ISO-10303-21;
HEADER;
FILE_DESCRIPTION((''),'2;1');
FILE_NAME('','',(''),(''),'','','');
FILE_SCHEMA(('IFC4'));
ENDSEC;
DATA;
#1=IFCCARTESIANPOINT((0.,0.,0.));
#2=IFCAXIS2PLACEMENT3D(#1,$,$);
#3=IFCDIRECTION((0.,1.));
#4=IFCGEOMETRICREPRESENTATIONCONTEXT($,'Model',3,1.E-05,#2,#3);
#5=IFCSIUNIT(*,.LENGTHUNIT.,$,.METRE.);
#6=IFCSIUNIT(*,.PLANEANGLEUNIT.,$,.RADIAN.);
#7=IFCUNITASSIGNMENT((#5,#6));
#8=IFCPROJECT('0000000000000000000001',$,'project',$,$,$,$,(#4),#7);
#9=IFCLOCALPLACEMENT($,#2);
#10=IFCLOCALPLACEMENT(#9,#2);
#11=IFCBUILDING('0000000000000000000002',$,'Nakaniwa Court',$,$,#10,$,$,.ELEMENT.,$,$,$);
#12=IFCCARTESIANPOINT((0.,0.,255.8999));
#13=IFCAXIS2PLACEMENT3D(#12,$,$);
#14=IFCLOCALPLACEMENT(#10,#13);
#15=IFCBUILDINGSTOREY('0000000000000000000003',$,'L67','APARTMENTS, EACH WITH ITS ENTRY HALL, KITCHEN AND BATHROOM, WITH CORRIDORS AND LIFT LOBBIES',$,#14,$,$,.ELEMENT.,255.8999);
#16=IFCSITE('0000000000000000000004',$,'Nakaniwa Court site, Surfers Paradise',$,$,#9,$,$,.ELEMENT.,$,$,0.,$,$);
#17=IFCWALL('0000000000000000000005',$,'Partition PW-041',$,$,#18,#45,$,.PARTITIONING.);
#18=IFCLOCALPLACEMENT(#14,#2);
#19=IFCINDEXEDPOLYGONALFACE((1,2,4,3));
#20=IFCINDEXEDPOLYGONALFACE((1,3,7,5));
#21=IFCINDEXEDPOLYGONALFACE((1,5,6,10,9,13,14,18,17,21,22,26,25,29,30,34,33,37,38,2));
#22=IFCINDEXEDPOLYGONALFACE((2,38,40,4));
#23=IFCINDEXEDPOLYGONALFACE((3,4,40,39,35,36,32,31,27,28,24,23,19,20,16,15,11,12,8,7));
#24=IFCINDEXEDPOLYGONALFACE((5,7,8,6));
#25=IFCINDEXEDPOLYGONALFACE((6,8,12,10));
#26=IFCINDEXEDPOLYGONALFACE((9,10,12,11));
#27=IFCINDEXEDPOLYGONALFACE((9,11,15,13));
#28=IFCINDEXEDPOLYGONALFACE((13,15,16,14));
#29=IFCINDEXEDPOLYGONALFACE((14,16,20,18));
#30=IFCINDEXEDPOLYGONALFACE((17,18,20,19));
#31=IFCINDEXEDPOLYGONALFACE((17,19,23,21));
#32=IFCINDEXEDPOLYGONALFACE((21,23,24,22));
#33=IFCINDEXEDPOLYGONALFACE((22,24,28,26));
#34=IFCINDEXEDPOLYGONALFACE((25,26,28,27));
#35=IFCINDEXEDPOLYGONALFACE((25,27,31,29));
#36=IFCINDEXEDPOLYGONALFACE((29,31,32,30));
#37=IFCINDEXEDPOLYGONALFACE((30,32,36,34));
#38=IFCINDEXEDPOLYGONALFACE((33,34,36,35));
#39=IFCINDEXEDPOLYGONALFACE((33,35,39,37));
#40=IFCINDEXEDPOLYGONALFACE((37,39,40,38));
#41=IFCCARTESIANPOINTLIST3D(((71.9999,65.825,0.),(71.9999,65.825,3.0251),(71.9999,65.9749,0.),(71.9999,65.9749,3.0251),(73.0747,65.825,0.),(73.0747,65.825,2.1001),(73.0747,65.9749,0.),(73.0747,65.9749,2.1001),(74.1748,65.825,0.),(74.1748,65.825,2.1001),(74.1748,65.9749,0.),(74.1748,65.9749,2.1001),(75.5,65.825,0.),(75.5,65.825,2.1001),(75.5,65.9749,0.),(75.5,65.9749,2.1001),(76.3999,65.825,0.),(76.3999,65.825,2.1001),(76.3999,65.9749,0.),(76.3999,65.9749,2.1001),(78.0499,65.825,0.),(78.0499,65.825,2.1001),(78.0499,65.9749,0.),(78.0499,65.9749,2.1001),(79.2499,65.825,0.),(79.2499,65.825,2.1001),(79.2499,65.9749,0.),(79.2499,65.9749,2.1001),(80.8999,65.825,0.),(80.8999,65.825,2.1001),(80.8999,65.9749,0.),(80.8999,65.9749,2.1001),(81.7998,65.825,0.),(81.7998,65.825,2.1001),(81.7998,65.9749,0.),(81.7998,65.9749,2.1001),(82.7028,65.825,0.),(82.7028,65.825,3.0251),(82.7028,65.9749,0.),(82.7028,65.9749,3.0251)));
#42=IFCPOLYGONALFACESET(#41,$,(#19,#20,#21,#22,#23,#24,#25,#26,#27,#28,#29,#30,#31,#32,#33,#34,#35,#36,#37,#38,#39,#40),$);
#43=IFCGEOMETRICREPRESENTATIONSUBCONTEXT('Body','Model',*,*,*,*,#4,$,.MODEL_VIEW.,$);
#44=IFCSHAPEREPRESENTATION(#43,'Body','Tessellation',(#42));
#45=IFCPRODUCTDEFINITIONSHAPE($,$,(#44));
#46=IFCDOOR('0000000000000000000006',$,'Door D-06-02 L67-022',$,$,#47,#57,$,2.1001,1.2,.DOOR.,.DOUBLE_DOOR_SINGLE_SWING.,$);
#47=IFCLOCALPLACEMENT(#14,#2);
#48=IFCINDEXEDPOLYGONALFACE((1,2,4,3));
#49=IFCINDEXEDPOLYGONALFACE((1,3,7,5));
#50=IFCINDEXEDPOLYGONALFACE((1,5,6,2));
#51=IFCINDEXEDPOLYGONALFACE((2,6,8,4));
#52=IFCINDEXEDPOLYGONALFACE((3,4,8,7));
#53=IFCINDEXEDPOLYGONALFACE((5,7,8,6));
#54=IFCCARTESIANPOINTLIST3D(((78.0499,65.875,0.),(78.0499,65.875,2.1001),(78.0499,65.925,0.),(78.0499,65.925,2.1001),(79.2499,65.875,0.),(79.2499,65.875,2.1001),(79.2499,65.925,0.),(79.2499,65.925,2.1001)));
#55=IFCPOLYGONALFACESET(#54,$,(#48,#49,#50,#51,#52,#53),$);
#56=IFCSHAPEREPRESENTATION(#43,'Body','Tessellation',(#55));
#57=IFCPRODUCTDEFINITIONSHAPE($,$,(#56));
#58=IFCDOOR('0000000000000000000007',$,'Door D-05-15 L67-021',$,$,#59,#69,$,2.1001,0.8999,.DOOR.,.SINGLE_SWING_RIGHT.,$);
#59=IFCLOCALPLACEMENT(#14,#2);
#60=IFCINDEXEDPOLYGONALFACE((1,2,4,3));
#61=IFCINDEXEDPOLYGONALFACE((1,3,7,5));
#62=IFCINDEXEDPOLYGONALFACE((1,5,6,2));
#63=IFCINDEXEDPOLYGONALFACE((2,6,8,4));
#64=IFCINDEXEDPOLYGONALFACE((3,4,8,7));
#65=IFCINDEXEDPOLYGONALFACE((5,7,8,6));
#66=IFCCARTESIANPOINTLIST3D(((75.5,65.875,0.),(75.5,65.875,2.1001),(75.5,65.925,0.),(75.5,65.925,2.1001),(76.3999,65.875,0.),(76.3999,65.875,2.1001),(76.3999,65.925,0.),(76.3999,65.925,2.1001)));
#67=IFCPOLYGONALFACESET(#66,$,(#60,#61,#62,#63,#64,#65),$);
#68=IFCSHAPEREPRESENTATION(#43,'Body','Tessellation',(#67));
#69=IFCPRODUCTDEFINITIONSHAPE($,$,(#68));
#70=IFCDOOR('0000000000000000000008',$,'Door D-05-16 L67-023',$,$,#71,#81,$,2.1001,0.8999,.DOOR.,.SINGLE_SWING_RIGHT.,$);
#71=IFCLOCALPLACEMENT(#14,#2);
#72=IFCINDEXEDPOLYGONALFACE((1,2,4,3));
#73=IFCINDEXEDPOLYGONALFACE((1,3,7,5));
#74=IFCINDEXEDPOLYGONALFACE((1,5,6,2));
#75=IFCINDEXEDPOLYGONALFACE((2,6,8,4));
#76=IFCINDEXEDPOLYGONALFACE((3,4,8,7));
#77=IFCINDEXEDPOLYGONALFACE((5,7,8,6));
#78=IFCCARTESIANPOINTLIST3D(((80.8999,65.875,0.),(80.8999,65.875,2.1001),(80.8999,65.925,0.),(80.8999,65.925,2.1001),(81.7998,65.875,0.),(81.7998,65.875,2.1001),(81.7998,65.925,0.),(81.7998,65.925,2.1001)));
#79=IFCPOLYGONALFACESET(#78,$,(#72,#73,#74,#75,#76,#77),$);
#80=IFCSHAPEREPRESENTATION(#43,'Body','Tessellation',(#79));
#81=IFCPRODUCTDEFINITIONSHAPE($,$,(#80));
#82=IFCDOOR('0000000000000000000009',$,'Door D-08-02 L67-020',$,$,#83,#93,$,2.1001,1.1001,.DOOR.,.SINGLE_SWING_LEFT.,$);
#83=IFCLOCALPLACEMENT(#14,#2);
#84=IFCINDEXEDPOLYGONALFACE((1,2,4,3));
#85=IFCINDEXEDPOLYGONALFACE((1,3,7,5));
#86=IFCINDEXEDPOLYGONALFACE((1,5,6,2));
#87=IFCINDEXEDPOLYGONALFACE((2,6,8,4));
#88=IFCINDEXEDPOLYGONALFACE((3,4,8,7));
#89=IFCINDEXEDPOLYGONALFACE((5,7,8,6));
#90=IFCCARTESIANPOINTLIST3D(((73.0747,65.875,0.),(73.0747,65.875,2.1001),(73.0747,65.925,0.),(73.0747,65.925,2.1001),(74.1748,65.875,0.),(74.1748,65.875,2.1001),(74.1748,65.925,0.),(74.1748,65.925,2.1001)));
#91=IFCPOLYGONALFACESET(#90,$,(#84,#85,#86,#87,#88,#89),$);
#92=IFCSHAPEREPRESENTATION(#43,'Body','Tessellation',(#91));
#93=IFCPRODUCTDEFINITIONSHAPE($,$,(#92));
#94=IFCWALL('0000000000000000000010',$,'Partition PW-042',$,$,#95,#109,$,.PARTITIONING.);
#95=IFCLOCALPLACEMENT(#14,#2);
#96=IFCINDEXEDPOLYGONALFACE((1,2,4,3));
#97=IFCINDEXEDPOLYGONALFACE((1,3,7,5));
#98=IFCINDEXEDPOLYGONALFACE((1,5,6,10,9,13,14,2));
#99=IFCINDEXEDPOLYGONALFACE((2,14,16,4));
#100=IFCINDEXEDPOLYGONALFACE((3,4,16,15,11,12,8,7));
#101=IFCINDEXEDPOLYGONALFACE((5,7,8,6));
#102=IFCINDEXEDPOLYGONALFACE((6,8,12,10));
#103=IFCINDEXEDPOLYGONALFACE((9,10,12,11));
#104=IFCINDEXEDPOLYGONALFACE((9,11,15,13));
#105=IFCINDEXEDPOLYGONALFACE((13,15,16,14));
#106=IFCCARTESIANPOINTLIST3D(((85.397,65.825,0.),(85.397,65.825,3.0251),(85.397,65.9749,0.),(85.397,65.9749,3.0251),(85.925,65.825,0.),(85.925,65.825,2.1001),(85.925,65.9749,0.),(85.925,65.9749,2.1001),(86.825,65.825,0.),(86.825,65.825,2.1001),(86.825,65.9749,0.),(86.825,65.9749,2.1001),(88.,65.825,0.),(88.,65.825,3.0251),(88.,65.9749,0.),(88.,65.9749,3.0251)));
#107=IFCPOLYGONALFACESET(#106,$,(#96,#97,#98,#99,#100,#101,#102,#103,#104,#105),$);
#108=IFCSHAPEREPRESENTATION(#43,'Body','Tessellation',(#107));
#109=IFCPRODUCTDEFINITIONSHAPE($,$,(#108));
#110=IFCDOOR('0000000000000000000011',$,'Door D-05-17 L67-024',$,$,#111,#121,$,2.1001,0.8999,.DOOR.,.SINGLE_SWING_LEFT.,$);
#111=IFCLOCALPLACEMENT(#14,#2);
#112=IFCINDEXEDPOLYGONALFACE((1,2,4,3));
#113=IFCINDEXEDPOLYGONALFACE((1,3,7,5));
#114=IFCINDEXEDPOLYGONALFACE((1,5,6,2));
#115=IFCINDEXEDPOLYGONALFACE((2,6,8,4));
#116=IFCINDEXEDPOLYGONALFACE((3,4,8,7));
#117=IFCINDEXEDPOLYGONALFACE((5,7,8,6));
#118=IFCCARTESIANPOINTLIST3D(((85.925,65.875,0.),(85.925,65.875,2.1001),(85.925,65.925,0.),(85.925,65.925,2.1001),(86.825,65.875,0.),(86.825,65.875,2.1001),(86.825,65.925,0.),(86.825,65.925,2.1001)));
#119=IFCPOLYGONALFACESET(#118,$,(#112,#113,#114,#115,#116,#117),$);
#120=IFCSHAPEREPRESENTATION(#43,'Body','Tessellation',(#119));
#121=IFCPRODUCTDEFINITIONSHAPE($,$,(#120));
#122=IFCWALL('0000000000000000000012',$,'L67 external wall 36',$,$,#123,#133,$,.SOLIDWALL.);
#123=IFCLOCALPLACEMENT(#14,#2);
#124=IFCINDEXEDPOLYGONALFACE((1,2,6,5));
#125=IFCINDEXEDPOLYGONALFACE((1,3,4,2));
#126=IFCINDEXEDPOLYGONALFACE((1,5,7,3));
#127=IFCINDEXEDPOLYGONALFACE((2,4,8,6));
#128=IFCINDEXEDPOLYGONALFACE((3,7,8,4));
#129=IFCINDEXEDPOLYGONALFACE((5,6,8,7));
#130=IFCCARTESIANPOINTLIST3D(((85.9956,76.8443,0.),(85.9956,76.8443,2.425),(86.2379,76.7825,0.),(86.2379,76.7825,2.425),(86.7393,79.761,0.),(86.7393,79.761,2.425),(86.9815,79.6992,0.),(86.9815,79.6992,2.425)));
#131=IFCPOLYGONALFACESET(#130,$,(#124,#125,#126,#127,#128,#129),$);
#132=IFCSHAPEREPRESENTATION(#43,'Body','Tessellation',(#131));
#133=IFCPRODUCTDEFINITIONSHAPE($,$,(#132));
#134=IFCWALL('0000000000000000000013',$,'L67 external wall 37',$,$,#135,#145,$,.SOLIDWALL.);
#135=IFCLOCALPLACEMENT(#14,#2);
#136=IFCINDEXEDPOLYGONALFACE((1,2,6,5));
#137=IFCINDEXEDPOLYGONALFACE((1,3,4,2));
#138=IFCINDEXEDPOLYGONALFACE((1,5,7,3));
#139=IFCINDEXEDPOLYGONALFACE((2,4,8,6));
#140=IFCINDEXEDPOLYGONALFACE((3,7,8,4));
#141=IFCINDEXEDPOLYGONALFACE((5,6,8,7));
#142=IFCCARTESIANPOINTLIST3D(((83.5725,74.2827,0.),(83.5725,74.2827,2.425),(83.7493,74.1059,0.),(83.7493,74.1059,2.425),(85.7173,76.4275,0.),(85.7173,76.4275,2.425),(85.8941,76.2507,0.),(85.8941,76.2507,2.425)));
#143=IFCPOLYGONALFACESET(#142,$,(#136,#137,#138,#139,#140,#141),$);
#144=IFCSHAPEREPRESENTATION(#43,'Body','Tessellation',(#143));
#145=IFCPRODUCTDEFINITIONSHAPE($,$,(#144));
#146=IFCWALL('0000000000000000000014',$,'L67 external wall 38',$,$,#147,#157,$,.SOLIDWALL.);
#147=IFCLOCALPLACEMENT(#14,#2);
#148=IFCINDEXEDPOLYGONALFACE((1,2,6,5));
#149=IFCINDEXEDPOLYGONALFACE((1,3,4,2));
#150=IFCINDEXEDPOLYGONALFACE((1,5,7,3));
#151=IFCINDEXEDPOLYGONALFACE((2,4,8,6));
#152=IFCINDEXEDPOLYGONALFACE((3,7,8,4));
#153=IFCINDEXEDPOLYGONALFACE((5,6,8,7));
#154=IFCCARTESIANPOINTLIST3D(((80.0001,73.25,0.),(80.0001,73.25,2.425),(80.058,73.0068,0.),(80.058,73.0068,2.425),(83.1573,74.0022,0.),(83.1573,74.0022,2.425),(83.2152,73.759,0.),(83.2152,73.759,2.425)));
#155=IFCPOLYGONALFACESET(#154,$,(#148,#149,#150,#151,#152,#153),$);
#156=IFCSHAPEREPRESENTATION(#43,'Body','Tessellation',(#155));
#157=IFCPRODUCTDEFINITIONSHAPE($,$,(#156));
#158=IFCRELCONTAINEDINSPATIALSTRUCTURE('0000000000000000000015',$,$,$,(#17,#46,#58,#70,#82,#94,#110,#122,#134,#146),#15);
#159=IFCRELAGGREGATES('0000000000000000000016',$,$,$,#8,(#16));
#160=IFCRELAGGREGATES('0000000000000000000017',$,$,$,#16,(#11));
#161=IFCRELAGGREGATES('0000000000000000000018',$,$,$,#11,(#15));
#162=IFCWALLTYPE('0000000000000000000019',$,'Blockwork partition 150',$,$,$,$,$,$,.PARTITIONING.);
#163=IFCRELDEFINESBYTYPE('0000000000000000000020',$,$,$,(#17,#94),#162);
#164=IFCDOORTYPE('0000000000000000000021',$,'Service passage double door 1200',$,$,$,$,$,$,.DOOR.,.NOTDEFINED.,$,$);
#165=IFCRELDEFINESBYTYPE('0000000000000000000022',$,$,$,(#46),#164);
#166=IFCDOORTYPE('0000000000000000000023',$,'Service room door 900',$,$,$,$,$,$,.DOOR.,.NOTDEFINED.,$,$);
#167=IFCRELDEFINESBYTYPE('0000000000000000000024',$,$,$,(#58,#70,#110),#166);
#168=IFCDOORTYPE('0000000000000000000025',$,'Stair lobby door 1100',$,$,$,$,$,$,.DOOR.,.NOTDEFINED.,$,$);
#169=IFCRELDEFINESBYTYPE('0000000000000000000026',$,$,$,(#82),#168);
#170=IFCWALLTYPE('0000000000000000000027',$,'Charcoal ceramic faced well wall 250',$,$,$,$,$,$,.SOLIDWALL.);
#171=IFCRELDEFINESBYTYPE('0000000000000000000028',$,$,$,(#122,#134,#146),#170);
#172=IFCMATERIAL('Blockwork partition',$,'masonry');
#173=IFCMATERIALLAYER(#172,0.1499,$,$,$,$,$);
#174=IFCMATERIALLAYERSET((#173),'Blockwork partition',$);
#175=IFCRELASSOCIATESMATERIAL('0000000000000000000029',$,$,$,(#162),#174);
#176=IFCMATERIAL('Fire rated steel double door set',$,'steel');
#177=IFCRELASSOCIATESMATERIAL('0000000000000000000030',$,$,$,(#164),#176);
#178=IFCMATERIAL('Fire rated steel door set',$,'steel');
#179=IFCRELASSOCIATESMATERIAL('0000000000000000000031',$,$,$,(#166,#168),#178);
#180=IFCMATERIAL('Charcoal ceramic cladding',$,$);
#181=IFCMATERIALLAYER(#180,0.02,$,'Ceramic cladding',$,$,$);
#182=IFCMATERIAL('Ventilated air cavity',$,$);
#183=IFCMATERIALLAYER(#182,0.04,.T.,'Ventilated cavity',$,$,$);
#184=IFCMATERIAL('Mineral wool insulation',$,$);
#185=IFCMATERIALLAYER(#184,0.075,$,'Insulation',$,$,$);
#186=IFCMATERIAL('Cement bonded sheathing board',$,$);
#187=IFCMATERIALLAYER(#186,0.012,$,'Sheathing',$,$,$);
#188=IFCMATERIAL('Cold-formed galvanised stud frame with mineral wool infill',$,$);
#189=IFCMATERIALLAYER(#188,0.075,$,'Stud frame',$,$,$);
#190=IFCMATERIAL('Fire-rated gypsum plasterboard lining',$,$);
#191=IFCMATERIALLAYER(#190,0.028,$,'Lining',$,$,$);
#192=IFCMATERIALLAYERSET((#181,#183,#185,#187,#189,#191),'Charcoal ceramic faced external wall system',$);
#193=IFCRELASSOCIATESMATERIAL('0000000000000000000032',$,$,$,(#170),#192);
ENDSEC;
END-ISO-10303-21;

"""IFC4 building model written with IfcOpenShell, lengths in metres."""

from ifc_helpers import new_model, si_unit, direction, frame, frame_2d, origin, place, context, subcontext, project, spatial, rectangle, extrude, material, layer, layer_set, type_object, element, fill, save


model = new_model("IFC4")

# Units and contexts
model_context = context("Model", 3, precision=1e-05, world=origin(), true_north=direction((0.0, 1.0)))
body_context = subcontext(model_context, "Body", "Model", "MODEL_VIEW")
ifc_project = project(units=[si_unit("LENGTHUNIT", "METRE"), si_unit("PLANEANGLEUNIT", "RADIAN")], contexts=[model_context])

# Site, building, storey
site_placement = place(None, origin())
site = spatial("IfcSite", under=ifc_project, at=site_placement, Name="Nakaniwa Court site, Surfers Paradise", CompositionType="ELEMENT", RefElevation=0.0)
building_placement = place(site_placement, origin())
building = spatial("IfcBuilding", under=site, at=building_placement, Name="Nakaniwa Court", CompositionType="ELEMENT")
storey_placement = place(building_placement, frame((0.0, 0.0, 255.8999)))
storey = spatial("IfcBuildingStorey", under=building, at=storey_placement, Name="L67", Description="APARTMENTS, EACH WITH ITS ENTRY HALL, KITCHEN AND BATHROOM, WITH CORRIDORS AND LIFT LOBBIES", CompositionType="ELEMENT", Elevation=255.8999)

# Shared definitions
ifc_material_1 = material(Name="Blockwork partition", Category="masonry")
ifc_layer_1 = layer(ifc_material_1, 0.1499)
ifc_layer_set_1 = layer_set([ifc_layer_1], Name="Blockwork partition")
wall_type_1 = type_object("IfcWallType", Name="Blockwork partition 150", PredefinedType="PARTITIONING", material=ifc_layer_set_1)

# Wall, openings, doors
wall_1_placement = place(storey_placement, frame((82.7029, 65.8999, 0.0), z_axis=(0.0, 0.0, 1.0), x_axis=(-1.0, 0.0, 0.0)))
wall_1 = element("IfcWall", 1, at=wall_1_placement, inside=storey, type_object=wall_type_1, Name="Partition PW-041", PredefinedType="PARTITIONING", context=body_context, shape_type="SweptSolid", body=[
    extrude(rectangle(XDim=10.7029, YDim=0.1499, at=frame_2d((5.3516, 0.0))), origin(), (0.0, 0.0, 1.0), 3.0251),
])
opening_1_placement = place(wall_1_placement, frame((8.5281, 0.0, 0.0)))
opening_1 = element("IfcOpeningElement", 2, at=opening_1_placement, cuts=wall_1, PredefinedType="OPENING", context=body_context, shape_type="SweptSolid", body=[
    extrude(rectangle(XDim=1.1001, YDim=2.1001, at=frame_2d((0.55, 1.05))), frame((0.0, 0.085, 0.0), z_axis=(0.0, -1.0, 0.0), x_axis=(1.0, 0.0, 0.0)), (0.0, 0.0, 1.0), 0.1699),
])
opening_2_placement = place(wall_1_placement, frame((6.303, 0.0, 0.0)))
opening_2 = element("IfcOpeningElement", 3, at=opening_2_placement, cuts=wall_1, PredefinedType="OPENING", context=body_context, shape_type="SweptSolid", body=[
    extrude(rectangle(XDim=0.8999, YDim=2.1001, at=frame_2d((0.45, 1.05))), frame((0.0, 0.085, 0.0), z_axis=(0.0, -1.0, 0.0), x_axis=(1.0, 0.0, 0.0)), (0.0, 0.0, 1.0), 0.1699),
])
opening_3_placement = place(wall_1_placement, frame((3.4529, 0.0, 0.0)))
opening_3 = element("IfcOpeningElement", 4, at=opening_3_placement, cuts=wall_1, PredefinedType="OPENING", context=body_context, shape_type="SweptSolid", body=[
    extrude(rectangle(XDim=1.2, YDim=2.1001, at=frame_2d((0.6001, 1.05))), frame((0.0, 0.085, 0.0), z_axis=(0.0, -1.0, 0.0), x_axis=(1.0, 0.0, 0.0)), (0.0, 0.0, 1.0), 0.1699),
])
opening_4_placement = place(wall_1_placement, frame((0.9031, 0.0, 0.0)))
opening_4 = element("IfcOpeningElement", 5, at=opening_4_placement, cuts=wall_1, PredefinedType="OPENING", context=body_context, shape_type="SweptSolid", body=[
    extrude(rectangle(XDim=0.8999, YDim=2.1001, at=frame_2d((0.45, 1.05))), frame((0.0, 0.085, 0.0), z_axis=(0.0, -1.0, 0.0), x_axis=(1.0, 0.0, 0.0)), (0.0, 0.0, 1.0), 0.1699),
])
ifc_material_2 = material(Name="Fire rated steel double door set", Category="steel")
door_type_1 = type_object("IfcDoorType", Name="Service passage double door 1200", OperationType="NOTDEFINED", PredefinedType="DOOR", material=ifc_material_2)
door_1_placement = place(opening_3_placement, origin())
door_1 = element("IfcDoor", 6, at=door_1_placement, inside=storey, type_object=door_type_1, Name="Door D-06-02 L67-022", OperationType="DOUBLE_DOOR_SINGLE_SWING", OverallHeight=2.1001, OverallWidth=1.2, PredefinedType="DOOR", context=body_context, shape_type="SweptSolid", body=[
    extrude(rectangle(XDim=1.2, YDim=2.1001, at=frame_2d((0.6001, 1.05))), frame((0.0, 0.0249, 0.0), z_axis=(0.0, -1.0, 0.0), x_axis=(1.0, 0.0, 0.0)), (0.0, 0.0, 1.0), 0.05),
])
fill(opening_3, door_1)
ifc_material_3 = material(Name="Fire rated steel door set", Category="steel")
door_type_2 = type_object("IfcDoorType", Name="Service room door 900", OperationType="NOTDEFINED", PredefinedType="DOOR", material=ifc_material_3)
door_2_placement = place(opening_2_placement, origin())
door_2 = element("IfcDoor", 7, at=door_2_placement, inside=storey, type_object=door_type_2, Name="Door D-05-15 L67-021", OperationType="SINGLE_SWING_RIGHT", OverallHeight=2.1001, OverallWidth=0.8999, PredefinedType="DOOR", context=body_context, shape_type="SweptSolid", body=[
    extrude(rectangle(XDim=0.8999, YDim=2.1001, at=frame_2d((0.45, 1.05))), frame((0.0, 0.0249, 0.0), z_axis=(0.0, -1.0, 0.0), x_axis=(1.0, 0.0, 0.0)), (0.0, 0.0, 1.0), 0.05),
])
fill(opening_2, door_2)
door_3_placement = place(opening_4_placement, origin())
door_3 = element("IfcDoor", 8, at=door_3_placement, inside=storey, type_object=door_type_2, Name="Door D-05-16 L67-023", OperationType="SINGLE_SWING_RIGHT", OverallHeight=2.1001, OverallWidth=0.8999, PredefinedType="DOOR", context=body_context, shape_type="SweptSolid", body=[
    extrude(rectangle(XDim=0.8999, YDim=2.1001, at=frame_2d((0.45, 1.05))), frame((0.0, 0.0249, 0.0), z_axis=(0.0, -1.0, 0.0), x_axis=(1.0, 0.0, 0.0)), (0.0, 0.0, 1.0), 0.05),
])
fill(opening_4, door_3)
door_type_3 = type_object("IfcDoorType", Name="Stair lobby door 1100", OperationType="NOTDEFINED", PredefinedType="DOOR", material=ifc_material_3)
door_4_placement = place(opening_1_placement, origin())
door_4 = element("IfcDoor", 9, at=door_4_placement, inside=storey, type_object=door_type_3, Name="Door D-08-02 L67-020", OperationType="SINGLE_SWING_LEFT", OverallHeight=2.1001, OverallWidth=1.1001, PredefinedType="DOOR", context=body_context, shape_type="SweptSolid", body=[
    extrude(rectangle(XDim=1.1001, YDim=2.1001, at=frame_2d((0.55, 1.05))), frame((0.0, 0.0249, 0.0), z_axis=(0.0, -1.0, 0.0), x_axis=(1.0, 0.0, 0.0)), (0.0, 0.0, 1.0), 0.05),
])
fill(opening_1, door_4)

# Wall, opening, door
wall_2_placement = place(storey_placement, frame((88.0, 65.8999, 0.0), z_axis=(0.0, 0.0, 1.0), x_axis=(-1.0, 0.0, 0.0)))
wall_2 = element("IfcWall", 10, at=wall_2_placement, inside=storey, type_object=wall_type_1, Name="Partition PW-042", PredefinedType="PARTITIONING", context=body_context, shape_type="SweptSolid", body=[
    extrude(rectangle(XDim=2.603, YDim=0.1499, at=frame_2d((1.3015, 0.0))), origin(), (0.0, 0.0, 1.0), 3.0251),
])
opening_5_placement = place(wall_2_placement, frame((1.175, 0.0, 0.0)))
opening_5 = element("IfcOpeningElement", 11, at=opening_5_placement, cuts=wall_2, PredefinedType="OPENING", context=body_context, shape_type="SweptSolid", body=[
    extrude(rectangle(XDim=0.8999, YDim=2.1001, at=frame_2d((0.45, 1.05))), frame((0.0, 0.085, 0.0), z_axis=(0.0, -1.0, 0.0), x_axis=(1.0, 0.0, 0.0)), (0.0, 0.0, 1.0), 0.1699),
])
door_5_placement = place(opening_5_placement, origin())
door_5 = element("IfcDoor", 12, at=door_5_placement, inside=storey, type_object=door_type_2, Name="Door D-05-17 L67-024", OperationType="SINGLE_SWING_LEFT", OverallHeight=2.1001, OverallWidth=0.8999, PredefinedType="DOOR", context=body_context, shape_type="SweptSolid", body=[
    extrude(rectangle(XDim=0.8999, YDim=2.1001, at=frame_2d((0.45, 1.05))), frame((0.0, 0.0249, 0.0), z_axis=(0.0, -1.0, 0.0), x_axis=(1.0, 0.0, 0.0)), (0.0, 0.0, 1.0), 0.05),
])
fill(opening_5, door_5)

# Walls
ifc_material_4 = material(Name="Charcoal ceramic cladding")
ifc_layer_2 = layer(ifc_material_4, 0.02, Name="Ceramic cladding")
ifc_material_5 = material(Name="Ventilated air cavity")
ifc_layer_3 = layer(ifc_material_5, 0.04, ventilated=True, Name="Ventilated cavity")
ifc_material_6 = material(Name="Mineral wool insulation")
ifc_layer_4 = layer(ifc_material_6, 0.075, Name="Insulation")
ifc_material_7 = material(Name="Cement bonded sheathing board")
ifc_layer_5 = layer(ifc_material_7, 0.012, Name="Sheathing")
ifc_material_8 = material(Name="Cold-formed galvanised stud frame with mineral wool infill")
ifc_layer_6 = layer(ifc_material_8, 0.075, Name="Stud frame")
ifc_material_9 = material(Name="Fire-rated gypsum plasterboard lining")
ifc_layer_7 = layer(ifc_material_9, 0.028, Name="Lining")
ifc_layer_set_2 = layer_set([ifc_layer_2, ifc_layer_3, ifc_layer_4, ifc_layer_5, ifc_layer_6, ifc_layer_7], Name="Charcoal ceramic faced external wall system")
wall_type_2 = type_object("IfcWallType", Name="Charcoal ceramic faced well wall 250", PredefinedType="SOLIDWALL", material=ifc_layer_set_2)
wall_3_placement = place(storey_placement, frame((86.8604, 79.73, 0.0), z_axis=(0.0, 0.0, 1.0), x_axis=(-0.247056, -0.969001, 0.0)))
element("IfcWall", 13, at=wall_3_placement, inside=storey, type_object=wall_type_2, Name="L67 external wall 36", PredefinedType="SOLIDWALL", context=body_context, shape_type="SweptSolid", body=[
    extrude(rectangle(XDim=3.01, YDim=0.25, at=frame_2d((1.5049, 0.0))), origin(), (0.0, 0.0, 1.0), 2.425),
])
wall_4_placement = place(storey_placement, frame((85.8057, 76.3391, 0.0), z_axis=(0.0, 0.0, 1.0), x_axis=(-0.707107, -0.707107, 0.0)))
element("IfcWall", 14, at=wall_4_placement, inside=storey, type_object=wall_type_2, Name="L67 external wall 37", PredefinedType="SOLIDWALL", context=body_context, shape_type="SweptSolid", body=[
    extrude(rectangle(XDim=3.0332, YDim=0.25, at=frame_2d((1.5166, 0.0))), origin(), (0.0, 0.0, 1.0), 2.425),
])
wall_5_placement = place(storey_placement, frame((83.1863, 73.8806, 0.0), z_axis=(0.0, 0.0, 1.0), x_axis=(-0.972773, -0.23176, 0.0)))
element("IfcWall", 15, at=wall_5_placement, inside=storey, type_object=wall_type_2, Name="L67 external wall 38", PredefinedType="SOLIDWALL", context=body_context, shape_type="SweptSolid", body=[
    extrude(rectangle(XDim=3.2456, YDim=0.25, at=frame_2d((1.6228, 0.0))), origin(), (0.0, 0.0, 1.0), 2.425),
])

save(model, "model.ifc")
